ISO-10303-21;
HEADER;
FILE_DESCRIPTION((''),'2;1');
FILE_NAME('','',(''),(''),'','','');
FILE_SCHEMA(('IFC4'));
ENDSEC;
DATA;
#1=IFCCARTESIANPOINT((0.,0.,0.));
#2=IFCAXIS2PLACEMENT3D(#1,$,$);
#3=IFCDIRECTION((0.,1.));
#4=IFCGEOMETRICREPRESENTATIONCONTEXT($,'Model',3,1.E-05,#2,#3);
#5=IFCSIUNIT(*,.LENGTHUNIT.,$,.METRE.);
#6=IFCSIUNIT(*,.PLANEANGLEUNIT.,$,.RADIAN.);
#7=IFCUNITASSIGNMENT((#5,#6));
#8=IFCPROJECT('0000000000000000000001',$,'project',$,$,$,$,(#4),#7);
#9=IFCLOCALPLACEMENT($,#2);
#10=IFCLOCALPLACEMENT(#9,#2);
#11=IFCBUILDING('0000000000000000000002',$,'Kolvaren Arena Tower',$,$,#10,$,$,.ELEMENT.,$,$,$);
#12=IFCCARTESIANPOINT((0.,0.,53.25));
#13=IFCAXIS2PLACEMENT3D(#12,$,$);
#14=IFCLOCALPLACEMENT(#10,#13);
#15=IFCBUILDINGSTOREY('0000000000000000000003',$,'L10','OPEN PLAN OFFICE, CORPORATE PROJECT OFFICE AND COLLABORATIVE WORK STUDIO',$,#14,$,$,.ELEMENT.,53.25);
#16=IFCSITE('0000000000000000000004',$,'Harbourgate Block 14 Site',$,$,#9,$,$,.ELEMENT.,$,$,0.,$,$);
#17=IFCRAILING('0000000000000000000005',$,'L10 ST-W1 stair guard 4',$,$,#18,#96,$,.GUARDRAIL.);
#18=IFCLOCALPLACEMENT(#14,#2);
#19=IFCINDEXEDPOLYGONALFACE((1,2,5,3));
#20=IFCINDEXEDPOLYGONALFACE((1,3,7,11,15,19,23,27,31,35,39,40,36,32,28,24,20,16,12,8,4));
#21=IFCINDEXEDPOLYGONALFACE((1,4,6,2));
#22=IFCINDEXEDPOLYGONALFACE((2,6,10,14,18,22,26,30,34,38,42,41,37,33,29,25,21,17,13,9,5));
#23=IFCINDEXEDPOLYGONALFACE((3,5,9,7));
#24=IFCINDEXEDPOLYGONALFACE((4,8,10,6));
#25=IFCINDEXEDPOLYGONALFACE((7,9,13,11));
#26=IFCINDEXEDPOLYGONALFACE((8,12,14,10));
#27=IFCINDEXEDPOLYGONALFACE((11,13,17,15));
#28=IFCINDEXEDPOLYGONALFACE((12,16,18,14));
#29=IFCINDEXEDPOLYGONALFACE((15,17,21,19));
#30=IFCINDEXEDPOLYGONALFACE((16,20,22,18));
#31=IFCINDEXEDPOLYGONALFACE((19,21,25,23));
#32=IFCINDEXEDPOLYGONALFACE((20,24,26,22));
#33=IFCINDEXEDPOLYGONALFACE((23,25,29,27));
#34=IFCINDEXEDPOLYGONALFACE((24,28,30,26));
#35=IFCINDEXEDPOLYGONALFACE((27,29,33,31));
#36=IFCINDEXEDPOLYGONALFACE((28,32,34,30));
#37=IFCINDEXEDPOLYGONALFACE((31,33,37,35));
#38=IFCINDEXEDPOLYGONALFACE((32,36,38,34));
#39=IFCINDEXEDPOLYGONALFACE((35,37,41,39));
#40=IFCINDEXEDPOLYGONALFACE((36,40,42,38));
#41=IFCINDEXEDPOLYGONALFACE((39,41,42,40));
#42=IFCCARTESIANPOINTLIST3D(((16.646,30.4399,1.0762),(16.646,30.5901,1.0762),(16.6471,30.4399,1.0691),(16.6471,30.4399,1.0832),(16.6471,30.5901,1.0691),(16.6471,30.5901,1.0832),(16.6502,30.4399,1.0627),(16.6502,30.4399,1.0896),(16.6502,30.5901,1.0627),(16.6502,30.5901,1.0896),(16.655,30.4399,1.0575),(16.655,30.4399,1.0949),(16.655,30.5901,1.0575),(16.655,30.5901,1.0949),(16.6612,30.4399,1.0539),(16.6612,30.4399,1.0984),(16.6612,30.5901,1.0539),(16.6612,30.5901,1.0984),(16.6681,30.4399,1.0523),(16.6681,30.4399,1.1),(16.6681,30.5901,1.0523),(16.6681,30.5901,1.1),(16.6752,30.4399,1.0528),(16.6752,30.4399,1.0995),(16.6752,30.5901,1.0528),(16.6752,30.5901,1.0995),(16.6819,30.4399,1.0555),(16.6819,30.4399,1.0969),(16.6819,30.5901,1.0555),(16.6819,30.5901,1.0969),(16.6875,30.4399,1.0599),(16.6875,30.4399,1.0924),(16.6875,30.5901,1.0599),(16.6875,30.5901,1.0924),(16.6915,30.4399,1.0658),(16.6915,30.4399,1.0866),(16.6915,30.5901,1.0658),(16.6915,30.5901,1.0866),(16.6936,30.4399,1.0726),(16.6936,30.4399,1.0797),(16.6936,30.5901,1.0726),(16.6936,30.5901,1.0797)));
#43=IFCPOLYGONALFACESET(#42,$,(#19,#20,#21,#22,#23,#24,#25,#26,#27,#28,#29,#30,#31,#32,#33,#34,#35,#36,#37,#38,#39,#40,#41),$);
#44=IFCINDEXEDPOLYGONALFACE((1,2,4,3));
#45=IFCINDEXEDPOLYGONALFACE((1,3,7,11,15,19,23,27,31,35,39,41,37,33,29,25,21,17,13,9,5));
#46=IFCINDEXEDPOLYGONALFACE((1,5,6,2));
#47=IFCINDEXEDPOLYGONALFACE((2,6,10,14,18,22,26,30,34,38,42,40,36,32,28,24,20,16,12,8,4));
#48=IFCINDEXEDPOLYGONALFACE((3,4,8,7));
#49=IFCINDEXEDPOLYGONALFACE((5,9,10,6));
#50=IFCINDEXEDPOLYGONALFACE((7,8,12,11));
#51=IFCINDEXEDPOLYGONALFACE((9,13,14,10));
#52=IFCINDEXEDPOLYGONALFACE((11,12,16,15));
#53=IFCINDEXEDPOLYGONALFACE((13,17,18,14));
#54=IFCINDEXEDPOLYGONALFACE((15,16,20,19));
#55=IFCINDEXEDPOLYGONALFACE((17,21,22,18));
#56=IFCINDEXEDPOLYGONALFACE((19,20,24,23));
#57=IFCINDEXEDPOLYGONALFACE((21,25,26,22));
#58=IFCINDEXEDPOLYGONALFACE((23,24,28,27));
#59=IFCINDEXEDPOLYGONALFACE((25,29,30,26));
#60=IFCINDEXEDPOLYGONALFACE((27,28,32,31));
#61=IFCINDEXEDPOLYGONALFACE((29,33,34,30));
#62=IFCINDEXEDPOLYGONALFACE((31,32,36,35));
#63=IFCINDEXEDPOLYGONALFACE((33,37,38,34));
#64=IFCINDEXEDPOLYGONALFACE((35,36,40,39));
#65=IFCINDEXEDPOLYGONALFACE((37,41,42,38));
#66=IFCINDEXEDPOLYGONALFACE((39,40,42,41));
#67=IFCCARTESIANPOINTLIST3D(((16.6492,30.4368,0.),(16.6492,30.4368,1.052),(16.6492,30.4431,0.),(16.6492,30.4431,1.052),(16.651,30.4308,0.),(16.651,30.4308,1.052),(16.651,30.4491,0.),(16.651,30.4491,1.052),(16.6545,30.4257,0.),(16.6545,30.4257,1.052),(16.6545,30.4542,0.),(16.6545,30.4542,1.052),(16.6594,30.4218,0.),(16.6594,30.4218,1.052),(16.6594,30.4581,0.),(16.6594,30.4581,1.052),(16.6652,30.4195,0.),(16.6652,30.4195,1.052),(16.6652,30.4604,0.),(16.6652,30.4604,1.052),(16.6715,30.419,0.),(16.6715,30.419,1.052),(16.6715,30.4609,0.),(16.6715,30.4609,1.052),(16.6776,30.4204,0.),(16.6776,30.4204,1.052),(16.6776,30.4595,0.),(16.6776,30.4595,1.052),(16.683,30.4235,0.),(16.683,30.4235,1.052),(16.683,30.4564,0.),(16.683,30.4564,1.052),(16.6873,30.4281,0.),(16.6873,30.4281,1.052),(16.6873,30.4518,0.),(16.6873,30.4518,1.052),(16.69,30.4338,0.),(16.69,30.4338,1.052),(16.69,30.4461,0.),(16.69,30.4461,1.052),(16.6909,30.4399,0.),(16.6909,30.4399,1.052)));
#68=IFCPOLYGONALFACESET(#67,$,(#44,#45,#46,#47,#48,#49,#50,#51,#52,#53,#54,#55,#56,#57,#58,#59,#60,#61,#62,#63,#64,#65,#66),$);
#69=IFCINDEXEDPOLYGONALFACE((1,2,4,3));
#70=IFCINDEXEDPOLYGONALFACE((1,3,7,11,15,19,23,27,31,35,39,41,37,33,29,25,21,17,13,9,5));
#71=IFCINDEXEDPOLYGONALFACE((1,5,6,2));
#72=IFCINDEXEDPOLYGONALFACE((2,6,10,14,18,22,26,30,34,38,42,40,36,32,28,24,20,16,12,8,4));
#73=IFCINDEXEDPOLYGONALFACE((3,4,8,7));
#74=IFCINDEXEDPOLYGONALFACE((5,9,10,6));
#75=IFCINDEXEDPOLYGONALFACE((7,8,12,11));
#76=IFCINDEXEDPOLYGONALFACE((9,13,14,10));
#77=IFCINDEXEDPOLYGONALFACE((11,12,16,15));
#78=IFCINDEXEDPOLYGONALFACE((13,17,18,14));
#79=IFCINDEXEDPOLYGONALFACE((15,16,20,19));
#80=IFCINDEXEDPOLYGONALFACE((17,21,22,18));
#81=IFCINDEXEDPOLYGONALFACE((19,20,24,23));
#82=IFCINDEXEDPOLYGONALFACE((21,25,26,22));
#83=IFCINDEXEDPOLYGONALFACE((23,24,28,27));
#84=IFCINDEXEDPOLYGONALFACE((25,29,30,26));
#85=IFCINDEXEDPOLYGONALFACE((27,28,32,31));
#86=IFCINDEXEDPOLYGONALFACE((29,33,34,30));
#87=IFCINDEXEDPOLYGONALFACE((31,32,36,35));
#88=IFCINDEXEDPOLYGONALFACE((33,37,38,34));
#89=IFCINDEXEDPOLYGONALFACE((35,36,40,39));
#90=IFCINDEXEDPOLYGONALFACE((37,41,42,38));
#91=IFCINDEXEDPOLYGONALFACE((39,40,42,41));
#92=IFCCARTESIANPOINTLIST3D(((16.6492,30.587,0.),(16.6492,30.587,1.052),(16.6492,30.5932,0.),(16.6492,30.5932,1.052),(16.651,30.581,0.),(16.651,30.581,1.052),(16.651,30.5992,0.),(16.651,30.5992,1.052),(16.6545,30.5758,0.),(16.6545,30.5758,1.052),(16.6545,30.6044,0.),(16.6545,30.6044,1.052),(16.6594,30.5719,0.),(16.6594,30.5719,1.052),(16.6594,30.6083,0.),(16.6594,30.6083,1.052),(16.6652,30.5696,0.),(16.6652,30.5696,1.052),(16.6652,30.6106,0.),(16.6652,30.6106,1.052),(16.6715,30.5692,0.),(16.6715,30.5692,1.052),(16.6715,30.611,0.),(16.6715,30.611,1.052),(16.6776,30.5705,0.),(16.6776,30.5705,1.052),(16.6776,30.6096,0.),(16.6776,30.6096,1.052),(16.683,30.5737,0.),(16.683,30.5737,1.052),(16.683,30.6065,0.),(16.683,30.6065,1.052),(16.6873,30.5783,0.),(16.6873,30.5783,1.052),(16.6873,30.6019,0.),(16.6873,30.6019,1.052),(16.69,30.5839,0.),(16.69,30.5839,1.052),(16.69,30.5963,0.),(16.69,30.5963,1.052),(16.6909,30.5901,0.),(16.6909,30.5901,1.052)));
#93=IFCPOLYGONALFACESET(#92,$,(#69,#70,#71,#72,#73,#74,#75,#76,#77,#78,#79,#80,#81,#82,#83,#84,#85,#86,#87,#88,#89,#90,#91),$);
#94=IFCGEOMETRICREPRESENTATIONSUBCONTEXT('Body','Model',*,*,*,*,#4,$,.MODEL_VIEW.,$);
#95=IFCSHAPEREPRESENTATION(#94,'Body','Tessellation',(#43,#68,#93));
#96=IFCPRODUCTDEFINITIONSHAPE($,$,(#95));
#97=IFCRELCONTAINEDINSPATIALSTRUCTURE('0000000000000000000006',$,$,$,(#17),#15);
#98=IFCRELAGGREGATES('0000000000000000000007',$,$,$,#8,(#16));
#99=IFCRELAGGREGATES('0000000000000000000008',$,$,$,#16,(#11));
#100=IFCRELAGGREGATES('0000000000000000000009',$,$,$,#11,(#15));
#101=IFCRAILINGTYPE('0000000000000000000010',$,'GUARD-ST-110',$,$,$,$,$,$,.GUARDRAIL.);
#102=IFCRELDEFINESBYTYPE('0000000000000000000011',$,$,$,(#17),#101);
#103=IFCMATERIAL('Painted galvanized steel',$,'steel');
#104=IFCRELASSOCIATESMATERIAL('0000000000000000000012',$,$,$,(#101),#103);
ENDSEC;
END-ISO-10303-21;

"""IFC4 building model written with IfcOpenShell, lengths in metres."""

from ifc_helpers import new_model, si_unit, direction, frame, origin, origin_2d, place, context, subcontext, project, spatial, circle, extrude, material, type_object, element, save


model = new_model("IFC4")

# Units and contexts
model_context = context("Model", 3, precision=1e-05, world=origin(), true_north=direction((0.0, 1.0)))
body_context = subcontext(model_context, "Body", "Model", "MODEL_VIEW")
ifc_project = project(units=[si_unit("LENGTHUNIT", "METRE"), si_unit("PLANEANGLEUNIT", "RADIAN")], contexts=[model_context])

# Site, building, storey
site_placement = place(None, origin())
site = spatial("IfcSite", under=ifc_project, at=site_placement, Name="Harbourgate Block 14 Site", CompositionType="ELEMENT", RefElevation=0.0)
building_placement = place(site_placement, origin())
building = spatial("IfcBuilding", under=site, at=building_placement, Name="Kolvaren Arena Tower", CompositionType="ELEMENT")
storey_placement = place(building_placement, frame((0.0, 0.0, 53.25)))
storey = spatial("IfcBuildingStorey", under=building, at=storey_placement, Name="L10", Description="OPEN PLAN OFFICE, CORPORATE PROJECT OFFICE AND COLLABORATIVE WORK STUDIO", CompositionType="ELEMENT", Elevation=53.25)

# Railing
ifc_material_1 = material(Name="Painted galvanized steel", Category="steel")
railing_type_1 = type_object("IfcRailingType", Name="GUARD-ST-110", PredefinedType="GUARDRAIL", material=ifc_material_1)
railing_1_placement = place(storey_placement, frame((16.6699, 30.4399, 0.0)))
element("IfcRailing", 1, at=railing_1_placement, inside=storey, type_object=railing_type_1, Name="L10 ST-W1 stair guard 4", PredefinedType="GUARDRAIL", context=body_context, shape_type="SweptSolid", body=[
    extrude(circle(Radius=0.0239, at=origin_2d()), frame((0.0, 0.0, 1.0762), z_axis=(0.0, 1.0, 0.0), x_axis=(-1.0, 0.0, 0.0)), (0.0, 0.0, 1.0), 0.1501),
    extrude(circle(Radius=0.021, at=origin_2d()), origin(), (0.0, 0.0, 1.0), 1.052),
    extrude(circle(Radius=0.021, at=origin_2d()), frame((0.0, 0.1501, 0.0)), (0.0, 0.0, 1.0), 1.052),
])

save(model, "model.ifc")
